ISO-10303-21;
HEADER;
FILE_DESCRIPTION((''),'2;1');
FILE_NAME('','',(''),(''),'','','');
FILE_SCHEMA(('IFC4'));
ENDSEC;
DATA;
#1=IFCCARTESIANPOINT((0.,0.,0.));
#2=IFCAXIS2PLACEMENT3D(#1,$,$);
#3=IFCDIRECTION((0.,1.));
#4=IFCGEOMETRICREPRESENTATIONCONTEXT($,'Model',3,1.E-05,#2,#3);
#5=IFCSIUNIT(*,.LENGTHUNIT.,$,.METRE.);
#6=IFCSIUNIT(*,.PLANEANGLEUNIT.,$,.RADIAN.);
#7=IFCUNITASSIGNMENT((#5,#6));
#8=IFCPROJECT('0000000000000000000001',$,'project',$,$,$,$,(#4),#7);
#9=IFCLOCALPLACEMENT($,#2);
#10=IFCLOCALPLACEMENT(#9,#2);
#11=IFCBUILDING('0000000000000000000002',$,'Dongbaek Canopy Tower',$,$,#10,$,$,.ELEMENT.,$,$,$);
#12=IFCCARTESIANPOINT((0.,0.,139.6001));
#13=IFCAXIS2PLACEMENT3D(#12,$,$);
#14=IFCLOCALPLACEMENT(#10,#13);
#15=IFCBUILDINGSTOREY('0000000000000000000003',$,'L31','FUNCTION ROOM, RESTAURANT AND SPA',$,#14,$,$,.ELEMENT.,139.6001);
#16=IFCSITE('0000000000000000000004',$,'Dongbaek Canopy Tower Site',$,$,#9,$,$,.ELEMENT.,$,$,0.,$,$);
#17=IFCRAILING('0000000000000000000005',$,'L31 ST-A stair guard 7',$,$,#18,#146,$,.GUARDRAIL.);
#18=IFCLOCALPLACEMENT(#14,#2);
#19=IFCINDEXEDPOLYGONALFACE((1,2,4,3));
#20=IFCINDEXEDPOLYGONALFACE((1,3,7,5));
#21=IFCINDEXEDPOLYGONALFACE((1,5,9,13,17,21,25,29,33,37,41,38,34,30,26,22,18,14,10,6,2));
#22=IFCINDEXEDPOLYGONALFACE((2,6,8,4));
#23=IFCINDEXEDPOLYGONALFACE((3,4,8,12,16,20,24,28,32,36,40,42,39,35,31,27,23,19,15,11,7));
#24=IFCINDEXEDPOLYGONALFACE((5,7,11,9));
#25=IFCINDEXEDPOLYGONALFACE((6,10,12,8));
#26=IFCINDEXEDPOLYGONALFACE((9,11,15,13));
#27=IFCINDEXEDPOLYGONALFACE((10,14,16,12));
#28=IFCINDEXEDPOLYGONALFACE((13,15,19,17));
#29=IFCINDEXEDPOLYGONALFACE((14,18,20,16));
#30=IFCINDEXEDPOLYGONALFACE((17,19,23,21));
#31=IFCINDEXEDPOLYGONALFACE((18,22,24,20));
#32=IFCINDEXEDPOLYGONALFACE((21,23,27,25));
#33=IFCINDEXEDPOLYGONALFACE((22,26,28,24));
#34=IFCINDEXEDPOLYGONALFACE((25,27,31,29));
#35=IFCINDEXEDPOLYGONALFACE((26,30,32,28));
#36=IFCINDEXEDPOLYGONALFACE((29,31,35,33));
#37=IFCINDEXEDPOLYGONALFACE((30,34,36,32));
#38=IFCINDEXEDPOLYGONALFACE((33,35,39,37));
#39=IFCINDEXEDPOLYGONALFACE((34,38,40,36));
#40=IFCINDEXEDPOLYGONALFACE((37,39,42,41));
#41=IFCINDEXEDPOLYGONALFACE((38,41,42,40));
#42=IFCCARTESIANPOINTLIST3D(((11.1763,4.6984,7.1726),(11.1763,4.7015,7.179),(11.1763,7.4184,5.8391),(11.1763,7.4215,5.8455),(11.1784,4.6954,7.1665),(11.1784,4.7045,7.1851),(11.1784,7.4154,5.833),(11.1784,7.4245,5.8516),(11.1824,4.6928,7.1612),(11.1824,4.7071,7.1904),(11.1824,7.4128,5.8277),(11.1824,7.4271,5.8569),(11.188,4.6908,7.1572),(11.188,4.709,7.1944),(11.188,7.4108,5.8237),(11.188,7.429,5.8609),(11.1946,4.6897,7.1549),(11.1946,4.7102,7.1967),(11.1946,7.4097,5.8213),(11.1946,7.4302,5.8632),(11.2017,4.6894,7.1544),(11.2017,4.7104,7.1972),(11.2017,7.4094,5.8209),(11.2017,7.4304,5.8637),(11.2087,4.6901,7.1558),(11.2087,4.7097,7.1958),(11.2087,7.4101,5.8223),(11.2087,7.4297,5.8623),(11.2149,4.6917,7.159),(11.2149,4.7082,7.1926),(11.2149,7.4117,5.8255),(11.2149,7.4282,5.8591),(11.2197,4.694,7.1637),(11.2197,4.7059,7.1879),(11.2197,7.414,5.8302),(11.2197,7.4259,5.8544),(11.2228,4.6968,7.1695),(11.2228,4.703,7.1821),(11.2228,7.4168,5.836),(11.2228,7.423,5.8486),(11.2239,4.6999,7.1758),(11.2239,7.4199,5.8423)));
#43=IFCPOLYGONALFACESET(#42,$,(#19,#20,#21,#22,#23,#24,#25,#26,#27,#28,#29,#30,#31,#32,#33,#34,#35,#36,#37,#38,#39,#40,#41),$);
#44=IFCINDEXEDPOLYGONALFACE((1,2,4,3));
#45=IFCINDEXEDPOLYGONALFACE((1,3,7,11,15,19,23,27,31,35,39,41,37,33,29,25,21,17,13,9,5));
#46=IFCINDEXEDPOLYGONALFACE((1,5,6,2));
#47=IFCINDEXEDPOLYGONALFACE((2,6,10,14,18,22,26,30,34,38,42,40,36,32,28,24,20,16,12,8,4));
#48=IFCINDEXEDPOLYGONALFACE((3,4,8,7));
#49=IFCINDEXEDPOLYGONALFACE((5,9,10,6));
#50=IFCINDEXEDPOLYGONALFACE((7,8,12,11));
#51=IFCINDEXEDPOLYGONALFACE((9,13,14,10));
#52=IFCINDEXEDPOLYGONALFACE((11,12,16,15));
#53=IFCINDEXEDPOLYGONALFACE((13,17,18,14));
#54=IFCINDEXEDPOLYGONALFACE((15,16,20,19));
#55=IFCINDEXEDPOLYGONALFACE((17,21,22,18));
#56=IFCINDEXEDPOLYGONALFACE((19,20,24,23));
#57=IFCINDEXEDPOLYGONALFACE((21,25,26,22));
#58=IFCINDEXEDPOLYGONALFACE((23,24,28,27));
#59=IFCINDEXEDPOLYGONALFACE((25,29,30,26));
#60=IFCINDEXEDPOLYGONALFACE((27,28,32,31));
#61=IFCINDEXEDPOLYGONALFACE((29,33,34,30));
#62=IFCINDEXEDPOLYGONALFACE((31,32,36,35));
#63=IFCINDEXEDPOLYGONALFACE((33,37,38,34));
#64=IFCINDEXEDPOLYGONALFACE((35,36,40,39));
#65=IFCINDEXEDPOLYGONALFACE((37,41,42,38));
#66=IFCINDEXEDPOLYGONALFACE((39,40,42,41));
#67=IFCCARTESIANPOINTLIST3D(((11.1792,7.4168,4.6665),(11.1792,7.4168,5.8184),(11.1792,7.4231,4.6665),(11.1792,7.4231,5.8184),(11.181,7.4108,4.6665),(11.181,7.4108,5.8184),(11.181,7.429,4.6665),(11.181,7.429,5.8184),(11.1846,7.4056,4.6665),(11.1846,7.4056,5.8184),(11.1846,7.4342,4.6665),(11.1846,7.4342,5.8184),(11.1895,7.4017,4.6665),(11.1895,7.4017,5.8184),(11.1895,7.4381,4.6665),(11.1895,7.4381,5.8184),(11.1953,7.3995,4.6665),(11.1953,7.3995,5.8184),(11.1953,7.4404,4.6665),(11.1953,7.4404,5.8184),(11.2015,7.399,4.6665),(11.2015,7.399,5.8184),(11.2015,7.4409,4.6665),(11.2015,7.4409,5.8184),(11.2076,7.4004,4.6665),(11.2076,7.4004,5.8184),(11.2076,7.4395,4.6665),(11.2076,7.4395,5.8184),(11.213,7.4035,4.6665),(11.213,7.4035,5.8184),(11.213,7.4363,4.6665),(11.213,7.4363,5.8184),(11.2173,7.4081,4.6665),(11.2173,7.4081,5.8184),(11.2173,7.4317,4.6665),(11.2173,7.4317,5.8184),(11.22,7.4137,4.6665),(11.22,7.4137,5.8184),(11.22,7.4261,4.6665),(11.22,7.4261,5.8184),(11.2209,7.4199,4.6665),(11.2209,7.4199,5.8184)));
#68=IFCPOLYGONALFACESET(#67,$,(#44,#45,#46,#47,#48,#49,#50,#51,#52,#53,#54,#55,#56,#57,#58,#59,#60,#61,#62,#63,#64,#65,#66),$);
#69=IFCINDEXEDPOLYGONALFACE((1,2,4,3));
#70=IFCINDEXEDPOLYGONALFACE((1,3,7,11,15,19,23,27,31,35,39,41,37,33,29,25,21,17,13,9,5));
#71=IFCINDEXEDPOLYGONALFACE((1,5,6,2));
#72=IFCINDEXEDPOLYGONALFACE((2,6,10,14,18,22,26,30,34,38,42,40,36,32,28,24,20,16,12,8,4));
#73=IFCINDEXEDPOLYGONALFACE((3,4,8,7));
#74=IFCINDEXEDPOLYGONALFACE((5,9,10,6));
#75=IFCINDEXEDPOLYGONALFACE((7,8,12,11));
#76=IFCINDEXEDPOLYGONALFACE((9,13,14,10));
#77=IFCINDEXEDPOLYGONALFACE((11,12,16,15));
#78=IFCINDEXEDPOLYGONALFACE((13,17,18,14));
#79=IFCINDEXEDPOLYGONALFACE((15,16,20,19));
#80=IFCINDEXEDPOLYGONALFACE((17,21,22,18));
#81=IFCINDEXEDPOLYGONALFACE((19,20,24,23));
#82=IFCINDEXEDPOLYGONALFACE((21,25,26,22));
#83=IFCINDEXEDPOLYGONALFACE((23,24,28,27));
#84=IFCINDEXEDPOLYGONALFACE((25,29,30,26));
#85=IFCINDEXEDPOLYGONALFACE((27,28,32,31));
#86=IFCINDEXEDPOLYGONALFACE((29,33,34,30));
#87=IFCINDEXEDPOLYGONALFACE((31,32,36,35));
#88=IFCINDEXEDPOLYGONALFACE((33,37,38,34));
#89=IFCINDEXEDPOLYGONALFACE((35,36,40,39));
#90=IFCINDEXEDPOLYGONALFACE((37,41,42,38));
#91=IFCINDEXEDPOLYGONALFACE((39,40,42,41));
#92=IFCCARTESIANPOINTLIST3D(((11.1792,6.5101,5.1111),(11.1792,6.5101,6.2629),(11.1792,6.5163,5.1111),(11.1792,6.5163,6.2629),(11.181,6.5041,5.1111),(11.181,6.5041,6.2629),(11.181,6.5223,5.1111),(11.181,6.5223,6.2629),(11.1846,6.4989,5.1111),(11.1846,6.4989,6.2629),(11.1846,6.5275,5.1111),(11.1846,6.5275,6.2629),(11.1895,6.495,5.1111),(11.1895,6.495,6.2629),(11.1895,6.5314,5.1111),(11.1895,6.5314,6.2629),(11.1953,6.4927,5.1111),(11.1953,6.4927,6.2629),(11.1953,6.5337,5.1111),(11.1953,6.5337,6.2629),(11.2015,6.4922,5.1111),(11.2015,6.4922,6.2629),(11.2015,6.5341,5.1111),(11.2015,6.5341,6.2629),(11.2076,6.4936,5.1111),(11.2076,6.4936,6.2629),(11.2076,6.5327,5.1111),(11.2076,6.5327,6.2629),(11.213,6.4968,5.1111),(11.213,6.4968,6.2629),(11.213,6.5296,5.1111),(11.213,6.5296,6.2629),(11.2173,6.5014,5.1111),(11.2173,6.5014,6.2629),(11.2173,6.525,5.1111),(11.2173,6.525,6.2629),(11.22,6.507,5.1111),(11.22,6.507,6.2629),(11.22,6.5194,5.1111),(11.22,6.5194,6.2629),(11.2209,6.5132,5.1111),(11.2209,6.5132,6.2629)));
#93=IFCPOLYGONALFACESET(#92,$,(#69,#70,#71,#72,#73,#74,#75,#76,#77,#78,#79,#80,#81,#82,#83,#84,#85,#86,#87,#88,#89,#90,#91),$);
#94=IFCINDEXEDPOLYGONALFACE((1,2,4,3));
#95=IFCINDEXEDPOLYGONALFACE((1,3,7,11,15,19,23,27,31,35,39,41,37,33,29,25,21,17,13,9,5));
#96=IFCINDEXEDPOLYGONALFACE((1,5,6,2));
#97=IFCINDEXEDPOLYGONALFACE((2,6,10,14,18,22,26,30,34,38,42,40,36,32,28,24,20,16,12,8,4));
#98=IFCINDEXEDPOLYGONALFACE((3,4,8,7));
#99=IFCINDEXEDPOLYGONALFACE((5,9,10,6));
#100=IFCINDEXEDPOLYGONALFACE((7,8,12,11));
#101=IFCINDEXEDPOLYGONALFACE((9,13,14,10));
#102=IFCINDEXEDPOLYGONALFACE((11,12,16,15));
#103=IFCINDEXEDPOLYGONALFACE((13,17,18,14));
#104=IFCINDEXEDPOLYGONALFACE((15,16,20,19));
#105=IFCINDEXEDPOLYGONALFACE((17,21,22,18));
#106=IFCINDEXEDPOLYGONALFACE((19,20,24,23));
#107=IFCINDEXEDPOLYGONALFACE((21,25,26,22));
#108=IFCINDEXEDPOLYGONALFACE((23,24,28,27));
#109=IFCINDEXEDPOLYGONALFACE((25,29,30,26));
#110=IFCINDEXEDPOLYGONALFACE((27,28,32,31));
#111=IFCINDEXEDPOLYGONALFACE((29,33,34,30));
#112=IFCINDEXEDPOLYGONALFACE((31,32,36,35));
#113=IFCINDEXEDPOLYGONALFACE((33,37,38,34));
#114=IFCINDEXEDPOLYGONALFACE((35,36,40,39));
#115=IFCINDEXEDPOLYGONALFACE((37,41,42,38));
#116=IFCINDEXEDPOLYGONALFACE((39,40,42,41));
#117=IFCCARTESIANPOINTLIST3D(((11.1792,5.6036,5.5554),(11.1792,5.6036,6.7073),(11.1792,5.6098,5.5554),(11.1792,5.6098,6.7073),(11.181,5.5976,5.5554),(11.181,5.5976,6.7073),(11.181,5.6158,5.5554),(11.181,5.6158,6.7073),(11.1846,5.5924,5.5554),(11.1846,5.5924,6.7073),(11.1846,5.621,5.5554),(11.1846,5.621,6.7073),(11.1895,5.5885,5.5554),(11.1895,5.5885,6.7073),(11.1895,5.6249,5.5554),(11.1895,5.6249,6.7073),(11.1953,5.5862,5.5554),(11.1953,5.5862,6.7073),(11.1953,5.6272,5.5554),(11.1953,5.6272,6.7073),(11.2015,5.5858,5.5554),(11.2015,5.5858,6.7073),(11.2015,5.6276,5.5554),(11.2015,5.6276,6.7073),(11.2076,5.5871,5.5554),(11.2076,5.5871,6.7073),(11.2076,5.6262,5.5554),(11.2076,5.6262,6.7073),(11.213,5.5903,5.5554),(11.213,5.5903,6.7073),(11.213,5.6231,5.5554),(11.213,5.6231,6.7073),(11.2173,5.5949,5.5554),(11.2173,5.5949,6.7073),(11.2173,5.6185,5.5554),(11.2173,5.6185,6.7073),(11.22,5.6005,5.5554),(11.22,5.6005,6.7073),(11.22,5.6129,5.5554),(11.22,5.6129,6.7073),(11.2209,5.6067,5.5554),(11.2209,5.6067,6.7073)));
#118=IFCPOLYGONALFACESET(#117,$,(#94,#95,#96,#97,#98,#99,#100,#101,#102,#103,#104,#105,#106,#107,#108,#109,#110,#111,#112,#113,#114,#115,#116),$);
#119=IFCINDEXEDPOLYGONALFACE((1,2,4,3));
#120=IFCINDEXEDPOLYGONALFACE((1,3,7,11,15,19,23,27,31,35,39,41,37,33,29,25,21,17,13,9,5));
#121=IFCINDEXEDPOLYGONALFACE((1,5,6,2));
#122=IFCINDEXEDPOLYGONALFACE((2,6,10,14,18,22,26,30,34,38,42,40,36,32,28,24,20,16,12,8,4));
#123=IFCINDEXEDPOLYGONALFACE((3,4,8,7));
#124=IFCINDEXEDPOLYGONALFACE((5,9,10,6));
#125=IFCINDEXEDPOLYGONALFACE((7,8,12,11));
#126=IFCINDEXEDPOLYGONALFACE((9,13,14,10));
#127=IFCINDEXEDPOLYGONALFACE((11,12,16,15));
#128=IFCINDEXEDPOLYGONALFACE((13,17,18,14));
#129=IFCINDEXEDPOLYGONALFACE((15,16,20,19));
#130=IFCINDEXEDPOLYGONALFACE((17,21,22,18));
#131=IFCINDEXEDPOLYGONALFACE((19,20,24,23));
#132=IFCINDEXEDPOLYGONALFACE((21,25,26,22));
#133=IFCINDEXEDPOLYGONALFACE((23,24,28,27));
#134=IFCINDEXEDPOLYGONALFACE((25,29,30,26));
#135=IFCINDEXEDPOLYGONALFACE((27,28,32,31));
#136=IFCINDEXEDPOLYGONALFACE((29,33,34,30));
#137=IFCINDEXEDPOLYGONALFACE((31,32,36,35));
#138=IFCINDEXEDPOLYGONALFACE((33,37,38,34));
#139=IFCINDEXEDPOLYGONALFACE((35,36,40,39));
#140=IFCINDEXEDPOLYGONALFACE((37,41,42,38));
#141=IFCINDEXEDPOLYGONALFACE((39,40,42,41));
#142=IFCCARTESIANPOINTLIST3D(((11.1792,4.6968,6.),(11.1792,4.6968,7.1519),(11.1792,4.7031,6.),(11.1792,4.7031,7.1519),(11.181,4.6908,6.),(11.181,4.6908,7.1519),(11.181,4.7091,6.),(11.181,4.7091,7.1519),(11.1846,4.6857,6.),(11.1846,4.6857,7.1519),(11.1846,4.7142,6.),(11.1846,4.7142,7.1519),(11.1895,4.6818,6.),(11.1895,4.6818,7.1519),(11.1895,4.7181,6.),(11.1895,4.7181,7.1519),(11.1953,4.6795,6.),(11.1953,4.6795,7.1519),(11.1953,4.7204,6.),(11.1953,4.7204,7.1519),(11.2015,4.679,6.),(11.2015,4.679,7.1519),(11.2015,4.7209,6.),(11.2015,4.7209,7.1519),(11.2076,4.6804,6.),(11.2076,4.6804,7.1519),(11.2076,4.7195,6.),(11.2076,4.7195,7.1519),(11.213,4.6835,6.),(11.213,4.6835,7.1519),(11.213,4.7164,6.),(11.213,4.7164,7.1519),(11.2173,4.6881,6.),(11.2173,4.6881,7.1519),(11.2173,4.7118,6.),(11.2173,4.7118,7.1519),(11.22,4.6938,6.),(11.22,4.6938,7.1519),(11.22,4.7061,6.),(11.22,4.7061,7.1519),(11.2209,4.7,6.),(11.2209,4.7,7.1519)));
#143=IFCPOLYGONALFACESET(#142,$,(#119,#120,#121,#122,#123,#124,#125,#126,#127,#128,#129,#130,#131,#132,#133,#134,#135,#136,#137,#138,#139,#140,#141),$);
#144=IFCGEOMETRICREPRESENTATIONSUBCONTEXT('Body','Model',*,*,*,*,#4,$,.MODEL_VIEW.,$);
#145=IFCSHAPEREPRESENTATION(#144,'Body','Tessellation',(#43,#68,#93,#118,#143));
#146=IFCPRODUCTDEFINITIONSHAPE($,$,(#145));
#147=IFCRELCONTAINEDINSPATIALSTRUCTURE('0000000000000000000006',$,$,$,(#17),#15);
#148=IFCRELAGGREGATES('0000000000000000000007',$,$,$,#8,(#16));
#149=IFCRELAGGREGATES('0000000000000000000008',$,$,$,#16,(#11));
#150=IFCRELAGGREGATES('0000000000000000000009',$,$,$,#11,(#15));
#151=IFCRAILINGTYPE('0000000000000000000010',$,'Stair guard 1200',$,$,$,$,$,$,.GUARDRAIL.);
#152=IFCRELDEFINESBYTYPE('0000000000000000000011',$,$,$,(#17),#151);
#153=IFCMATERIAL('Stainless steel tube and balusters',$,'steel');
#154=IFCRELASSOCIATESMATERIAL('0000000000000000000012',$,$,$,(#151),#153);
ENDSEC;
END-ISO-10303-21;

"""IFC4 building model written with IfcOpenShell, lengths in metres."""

from ifc_helpers import new_model, si_unit, direction, frame, origin, origin_2d, place, context, subcontext, project, spatial, circle, extrude, material, type_object, element, save


model = new_model("IFC4")

# Units and contexts
model_context = context("Model", 3, precision=1e-05, world=origin(), true_north=direction((0.0, 1.0)))
body_context = subcontext(model_context, "Body", "Model", "MODEL_VIEW")
ifc_project = project(units=[si_unit("LENGTHUNIT", "METRE"), si_unit("PLANEANGLEUNIT", "RADIAN")], contexts=[model_context])

# Site, building, storey
site_placement = place(None, origin())
site = spatial("IfcSite", under=ifc_project, at=site_placement, Name="Dongbaek Canopy Tower Site", CompositionType="ELEMENT", RefElevation=0.0)
building_placement = place(site_placement, origin())
building = spatial("IfcBuilding", under=site, at=building_placement, Name="Dongbaek Canopy Tower", CompositionType="ELEMENT")
storey_placement = place(building_placement, frame((0.0, 0.0, 139.6001)))
storey = spatial("IfcBuildingStorey", under=building, at=storey_placement, Name="L31", Description="FUNCTION ROOM, RESTAURANT AND SPA", CompositionType="ELEMENT", Elevation=139.6001)

# Railing
ifc_material_1 = material(Name="Stainless steel tube and balusters", Category="steel")
railing_type = type_object("IfcRailingType", Name="Stair guard 1200", PredefinedType="GUARDRAIL", material=ifc_material_1)
railing_placement = place(storey_placement, frame((11.2, 7.4199, 4.6665)))
element("IfcRailing", 1, at=railing_placement, inside=storey, type_object=railing_type, Name="L31 ST-A stair guard 7", PredefinedType="GUARDRAIL", context=body_context, shape_type="SweptSolid", body=[
    extrude(circle(Radius=0.0239, at=origin_2d()), frame((0.0, 0.0, 1.1758), z_axis=(0.0, -0.897898, 0.440204), x_axis=(1.0, 0.0, 0.0)), (0.0, 0.0, 1.0), 3.0293),
    extrude(circle(Radius=0.021, at=origin_2d()), origin(), (0.0, 0.0, 1.0), 1.1519),
    extrude(circle(Radius=0.021, at=origin_2d()), frame((0.0, -0.9067, 0.4446)), (0.0, 0.0, 1.0), 1.1519),
    extrude(circle(Radius=0.021, at=origin_2d()), frame((0.0, -1.8132, 0.8889)), (0.0, 0.0, 1.0), 1.1519),
    extrude(circle(Radius=0.021, at=origin_2d()), frame((0.0, -2.72, 1.3335)), (0.0, 0.0, 1.0), 1.1519),
])

save(model, "model.ifc")
